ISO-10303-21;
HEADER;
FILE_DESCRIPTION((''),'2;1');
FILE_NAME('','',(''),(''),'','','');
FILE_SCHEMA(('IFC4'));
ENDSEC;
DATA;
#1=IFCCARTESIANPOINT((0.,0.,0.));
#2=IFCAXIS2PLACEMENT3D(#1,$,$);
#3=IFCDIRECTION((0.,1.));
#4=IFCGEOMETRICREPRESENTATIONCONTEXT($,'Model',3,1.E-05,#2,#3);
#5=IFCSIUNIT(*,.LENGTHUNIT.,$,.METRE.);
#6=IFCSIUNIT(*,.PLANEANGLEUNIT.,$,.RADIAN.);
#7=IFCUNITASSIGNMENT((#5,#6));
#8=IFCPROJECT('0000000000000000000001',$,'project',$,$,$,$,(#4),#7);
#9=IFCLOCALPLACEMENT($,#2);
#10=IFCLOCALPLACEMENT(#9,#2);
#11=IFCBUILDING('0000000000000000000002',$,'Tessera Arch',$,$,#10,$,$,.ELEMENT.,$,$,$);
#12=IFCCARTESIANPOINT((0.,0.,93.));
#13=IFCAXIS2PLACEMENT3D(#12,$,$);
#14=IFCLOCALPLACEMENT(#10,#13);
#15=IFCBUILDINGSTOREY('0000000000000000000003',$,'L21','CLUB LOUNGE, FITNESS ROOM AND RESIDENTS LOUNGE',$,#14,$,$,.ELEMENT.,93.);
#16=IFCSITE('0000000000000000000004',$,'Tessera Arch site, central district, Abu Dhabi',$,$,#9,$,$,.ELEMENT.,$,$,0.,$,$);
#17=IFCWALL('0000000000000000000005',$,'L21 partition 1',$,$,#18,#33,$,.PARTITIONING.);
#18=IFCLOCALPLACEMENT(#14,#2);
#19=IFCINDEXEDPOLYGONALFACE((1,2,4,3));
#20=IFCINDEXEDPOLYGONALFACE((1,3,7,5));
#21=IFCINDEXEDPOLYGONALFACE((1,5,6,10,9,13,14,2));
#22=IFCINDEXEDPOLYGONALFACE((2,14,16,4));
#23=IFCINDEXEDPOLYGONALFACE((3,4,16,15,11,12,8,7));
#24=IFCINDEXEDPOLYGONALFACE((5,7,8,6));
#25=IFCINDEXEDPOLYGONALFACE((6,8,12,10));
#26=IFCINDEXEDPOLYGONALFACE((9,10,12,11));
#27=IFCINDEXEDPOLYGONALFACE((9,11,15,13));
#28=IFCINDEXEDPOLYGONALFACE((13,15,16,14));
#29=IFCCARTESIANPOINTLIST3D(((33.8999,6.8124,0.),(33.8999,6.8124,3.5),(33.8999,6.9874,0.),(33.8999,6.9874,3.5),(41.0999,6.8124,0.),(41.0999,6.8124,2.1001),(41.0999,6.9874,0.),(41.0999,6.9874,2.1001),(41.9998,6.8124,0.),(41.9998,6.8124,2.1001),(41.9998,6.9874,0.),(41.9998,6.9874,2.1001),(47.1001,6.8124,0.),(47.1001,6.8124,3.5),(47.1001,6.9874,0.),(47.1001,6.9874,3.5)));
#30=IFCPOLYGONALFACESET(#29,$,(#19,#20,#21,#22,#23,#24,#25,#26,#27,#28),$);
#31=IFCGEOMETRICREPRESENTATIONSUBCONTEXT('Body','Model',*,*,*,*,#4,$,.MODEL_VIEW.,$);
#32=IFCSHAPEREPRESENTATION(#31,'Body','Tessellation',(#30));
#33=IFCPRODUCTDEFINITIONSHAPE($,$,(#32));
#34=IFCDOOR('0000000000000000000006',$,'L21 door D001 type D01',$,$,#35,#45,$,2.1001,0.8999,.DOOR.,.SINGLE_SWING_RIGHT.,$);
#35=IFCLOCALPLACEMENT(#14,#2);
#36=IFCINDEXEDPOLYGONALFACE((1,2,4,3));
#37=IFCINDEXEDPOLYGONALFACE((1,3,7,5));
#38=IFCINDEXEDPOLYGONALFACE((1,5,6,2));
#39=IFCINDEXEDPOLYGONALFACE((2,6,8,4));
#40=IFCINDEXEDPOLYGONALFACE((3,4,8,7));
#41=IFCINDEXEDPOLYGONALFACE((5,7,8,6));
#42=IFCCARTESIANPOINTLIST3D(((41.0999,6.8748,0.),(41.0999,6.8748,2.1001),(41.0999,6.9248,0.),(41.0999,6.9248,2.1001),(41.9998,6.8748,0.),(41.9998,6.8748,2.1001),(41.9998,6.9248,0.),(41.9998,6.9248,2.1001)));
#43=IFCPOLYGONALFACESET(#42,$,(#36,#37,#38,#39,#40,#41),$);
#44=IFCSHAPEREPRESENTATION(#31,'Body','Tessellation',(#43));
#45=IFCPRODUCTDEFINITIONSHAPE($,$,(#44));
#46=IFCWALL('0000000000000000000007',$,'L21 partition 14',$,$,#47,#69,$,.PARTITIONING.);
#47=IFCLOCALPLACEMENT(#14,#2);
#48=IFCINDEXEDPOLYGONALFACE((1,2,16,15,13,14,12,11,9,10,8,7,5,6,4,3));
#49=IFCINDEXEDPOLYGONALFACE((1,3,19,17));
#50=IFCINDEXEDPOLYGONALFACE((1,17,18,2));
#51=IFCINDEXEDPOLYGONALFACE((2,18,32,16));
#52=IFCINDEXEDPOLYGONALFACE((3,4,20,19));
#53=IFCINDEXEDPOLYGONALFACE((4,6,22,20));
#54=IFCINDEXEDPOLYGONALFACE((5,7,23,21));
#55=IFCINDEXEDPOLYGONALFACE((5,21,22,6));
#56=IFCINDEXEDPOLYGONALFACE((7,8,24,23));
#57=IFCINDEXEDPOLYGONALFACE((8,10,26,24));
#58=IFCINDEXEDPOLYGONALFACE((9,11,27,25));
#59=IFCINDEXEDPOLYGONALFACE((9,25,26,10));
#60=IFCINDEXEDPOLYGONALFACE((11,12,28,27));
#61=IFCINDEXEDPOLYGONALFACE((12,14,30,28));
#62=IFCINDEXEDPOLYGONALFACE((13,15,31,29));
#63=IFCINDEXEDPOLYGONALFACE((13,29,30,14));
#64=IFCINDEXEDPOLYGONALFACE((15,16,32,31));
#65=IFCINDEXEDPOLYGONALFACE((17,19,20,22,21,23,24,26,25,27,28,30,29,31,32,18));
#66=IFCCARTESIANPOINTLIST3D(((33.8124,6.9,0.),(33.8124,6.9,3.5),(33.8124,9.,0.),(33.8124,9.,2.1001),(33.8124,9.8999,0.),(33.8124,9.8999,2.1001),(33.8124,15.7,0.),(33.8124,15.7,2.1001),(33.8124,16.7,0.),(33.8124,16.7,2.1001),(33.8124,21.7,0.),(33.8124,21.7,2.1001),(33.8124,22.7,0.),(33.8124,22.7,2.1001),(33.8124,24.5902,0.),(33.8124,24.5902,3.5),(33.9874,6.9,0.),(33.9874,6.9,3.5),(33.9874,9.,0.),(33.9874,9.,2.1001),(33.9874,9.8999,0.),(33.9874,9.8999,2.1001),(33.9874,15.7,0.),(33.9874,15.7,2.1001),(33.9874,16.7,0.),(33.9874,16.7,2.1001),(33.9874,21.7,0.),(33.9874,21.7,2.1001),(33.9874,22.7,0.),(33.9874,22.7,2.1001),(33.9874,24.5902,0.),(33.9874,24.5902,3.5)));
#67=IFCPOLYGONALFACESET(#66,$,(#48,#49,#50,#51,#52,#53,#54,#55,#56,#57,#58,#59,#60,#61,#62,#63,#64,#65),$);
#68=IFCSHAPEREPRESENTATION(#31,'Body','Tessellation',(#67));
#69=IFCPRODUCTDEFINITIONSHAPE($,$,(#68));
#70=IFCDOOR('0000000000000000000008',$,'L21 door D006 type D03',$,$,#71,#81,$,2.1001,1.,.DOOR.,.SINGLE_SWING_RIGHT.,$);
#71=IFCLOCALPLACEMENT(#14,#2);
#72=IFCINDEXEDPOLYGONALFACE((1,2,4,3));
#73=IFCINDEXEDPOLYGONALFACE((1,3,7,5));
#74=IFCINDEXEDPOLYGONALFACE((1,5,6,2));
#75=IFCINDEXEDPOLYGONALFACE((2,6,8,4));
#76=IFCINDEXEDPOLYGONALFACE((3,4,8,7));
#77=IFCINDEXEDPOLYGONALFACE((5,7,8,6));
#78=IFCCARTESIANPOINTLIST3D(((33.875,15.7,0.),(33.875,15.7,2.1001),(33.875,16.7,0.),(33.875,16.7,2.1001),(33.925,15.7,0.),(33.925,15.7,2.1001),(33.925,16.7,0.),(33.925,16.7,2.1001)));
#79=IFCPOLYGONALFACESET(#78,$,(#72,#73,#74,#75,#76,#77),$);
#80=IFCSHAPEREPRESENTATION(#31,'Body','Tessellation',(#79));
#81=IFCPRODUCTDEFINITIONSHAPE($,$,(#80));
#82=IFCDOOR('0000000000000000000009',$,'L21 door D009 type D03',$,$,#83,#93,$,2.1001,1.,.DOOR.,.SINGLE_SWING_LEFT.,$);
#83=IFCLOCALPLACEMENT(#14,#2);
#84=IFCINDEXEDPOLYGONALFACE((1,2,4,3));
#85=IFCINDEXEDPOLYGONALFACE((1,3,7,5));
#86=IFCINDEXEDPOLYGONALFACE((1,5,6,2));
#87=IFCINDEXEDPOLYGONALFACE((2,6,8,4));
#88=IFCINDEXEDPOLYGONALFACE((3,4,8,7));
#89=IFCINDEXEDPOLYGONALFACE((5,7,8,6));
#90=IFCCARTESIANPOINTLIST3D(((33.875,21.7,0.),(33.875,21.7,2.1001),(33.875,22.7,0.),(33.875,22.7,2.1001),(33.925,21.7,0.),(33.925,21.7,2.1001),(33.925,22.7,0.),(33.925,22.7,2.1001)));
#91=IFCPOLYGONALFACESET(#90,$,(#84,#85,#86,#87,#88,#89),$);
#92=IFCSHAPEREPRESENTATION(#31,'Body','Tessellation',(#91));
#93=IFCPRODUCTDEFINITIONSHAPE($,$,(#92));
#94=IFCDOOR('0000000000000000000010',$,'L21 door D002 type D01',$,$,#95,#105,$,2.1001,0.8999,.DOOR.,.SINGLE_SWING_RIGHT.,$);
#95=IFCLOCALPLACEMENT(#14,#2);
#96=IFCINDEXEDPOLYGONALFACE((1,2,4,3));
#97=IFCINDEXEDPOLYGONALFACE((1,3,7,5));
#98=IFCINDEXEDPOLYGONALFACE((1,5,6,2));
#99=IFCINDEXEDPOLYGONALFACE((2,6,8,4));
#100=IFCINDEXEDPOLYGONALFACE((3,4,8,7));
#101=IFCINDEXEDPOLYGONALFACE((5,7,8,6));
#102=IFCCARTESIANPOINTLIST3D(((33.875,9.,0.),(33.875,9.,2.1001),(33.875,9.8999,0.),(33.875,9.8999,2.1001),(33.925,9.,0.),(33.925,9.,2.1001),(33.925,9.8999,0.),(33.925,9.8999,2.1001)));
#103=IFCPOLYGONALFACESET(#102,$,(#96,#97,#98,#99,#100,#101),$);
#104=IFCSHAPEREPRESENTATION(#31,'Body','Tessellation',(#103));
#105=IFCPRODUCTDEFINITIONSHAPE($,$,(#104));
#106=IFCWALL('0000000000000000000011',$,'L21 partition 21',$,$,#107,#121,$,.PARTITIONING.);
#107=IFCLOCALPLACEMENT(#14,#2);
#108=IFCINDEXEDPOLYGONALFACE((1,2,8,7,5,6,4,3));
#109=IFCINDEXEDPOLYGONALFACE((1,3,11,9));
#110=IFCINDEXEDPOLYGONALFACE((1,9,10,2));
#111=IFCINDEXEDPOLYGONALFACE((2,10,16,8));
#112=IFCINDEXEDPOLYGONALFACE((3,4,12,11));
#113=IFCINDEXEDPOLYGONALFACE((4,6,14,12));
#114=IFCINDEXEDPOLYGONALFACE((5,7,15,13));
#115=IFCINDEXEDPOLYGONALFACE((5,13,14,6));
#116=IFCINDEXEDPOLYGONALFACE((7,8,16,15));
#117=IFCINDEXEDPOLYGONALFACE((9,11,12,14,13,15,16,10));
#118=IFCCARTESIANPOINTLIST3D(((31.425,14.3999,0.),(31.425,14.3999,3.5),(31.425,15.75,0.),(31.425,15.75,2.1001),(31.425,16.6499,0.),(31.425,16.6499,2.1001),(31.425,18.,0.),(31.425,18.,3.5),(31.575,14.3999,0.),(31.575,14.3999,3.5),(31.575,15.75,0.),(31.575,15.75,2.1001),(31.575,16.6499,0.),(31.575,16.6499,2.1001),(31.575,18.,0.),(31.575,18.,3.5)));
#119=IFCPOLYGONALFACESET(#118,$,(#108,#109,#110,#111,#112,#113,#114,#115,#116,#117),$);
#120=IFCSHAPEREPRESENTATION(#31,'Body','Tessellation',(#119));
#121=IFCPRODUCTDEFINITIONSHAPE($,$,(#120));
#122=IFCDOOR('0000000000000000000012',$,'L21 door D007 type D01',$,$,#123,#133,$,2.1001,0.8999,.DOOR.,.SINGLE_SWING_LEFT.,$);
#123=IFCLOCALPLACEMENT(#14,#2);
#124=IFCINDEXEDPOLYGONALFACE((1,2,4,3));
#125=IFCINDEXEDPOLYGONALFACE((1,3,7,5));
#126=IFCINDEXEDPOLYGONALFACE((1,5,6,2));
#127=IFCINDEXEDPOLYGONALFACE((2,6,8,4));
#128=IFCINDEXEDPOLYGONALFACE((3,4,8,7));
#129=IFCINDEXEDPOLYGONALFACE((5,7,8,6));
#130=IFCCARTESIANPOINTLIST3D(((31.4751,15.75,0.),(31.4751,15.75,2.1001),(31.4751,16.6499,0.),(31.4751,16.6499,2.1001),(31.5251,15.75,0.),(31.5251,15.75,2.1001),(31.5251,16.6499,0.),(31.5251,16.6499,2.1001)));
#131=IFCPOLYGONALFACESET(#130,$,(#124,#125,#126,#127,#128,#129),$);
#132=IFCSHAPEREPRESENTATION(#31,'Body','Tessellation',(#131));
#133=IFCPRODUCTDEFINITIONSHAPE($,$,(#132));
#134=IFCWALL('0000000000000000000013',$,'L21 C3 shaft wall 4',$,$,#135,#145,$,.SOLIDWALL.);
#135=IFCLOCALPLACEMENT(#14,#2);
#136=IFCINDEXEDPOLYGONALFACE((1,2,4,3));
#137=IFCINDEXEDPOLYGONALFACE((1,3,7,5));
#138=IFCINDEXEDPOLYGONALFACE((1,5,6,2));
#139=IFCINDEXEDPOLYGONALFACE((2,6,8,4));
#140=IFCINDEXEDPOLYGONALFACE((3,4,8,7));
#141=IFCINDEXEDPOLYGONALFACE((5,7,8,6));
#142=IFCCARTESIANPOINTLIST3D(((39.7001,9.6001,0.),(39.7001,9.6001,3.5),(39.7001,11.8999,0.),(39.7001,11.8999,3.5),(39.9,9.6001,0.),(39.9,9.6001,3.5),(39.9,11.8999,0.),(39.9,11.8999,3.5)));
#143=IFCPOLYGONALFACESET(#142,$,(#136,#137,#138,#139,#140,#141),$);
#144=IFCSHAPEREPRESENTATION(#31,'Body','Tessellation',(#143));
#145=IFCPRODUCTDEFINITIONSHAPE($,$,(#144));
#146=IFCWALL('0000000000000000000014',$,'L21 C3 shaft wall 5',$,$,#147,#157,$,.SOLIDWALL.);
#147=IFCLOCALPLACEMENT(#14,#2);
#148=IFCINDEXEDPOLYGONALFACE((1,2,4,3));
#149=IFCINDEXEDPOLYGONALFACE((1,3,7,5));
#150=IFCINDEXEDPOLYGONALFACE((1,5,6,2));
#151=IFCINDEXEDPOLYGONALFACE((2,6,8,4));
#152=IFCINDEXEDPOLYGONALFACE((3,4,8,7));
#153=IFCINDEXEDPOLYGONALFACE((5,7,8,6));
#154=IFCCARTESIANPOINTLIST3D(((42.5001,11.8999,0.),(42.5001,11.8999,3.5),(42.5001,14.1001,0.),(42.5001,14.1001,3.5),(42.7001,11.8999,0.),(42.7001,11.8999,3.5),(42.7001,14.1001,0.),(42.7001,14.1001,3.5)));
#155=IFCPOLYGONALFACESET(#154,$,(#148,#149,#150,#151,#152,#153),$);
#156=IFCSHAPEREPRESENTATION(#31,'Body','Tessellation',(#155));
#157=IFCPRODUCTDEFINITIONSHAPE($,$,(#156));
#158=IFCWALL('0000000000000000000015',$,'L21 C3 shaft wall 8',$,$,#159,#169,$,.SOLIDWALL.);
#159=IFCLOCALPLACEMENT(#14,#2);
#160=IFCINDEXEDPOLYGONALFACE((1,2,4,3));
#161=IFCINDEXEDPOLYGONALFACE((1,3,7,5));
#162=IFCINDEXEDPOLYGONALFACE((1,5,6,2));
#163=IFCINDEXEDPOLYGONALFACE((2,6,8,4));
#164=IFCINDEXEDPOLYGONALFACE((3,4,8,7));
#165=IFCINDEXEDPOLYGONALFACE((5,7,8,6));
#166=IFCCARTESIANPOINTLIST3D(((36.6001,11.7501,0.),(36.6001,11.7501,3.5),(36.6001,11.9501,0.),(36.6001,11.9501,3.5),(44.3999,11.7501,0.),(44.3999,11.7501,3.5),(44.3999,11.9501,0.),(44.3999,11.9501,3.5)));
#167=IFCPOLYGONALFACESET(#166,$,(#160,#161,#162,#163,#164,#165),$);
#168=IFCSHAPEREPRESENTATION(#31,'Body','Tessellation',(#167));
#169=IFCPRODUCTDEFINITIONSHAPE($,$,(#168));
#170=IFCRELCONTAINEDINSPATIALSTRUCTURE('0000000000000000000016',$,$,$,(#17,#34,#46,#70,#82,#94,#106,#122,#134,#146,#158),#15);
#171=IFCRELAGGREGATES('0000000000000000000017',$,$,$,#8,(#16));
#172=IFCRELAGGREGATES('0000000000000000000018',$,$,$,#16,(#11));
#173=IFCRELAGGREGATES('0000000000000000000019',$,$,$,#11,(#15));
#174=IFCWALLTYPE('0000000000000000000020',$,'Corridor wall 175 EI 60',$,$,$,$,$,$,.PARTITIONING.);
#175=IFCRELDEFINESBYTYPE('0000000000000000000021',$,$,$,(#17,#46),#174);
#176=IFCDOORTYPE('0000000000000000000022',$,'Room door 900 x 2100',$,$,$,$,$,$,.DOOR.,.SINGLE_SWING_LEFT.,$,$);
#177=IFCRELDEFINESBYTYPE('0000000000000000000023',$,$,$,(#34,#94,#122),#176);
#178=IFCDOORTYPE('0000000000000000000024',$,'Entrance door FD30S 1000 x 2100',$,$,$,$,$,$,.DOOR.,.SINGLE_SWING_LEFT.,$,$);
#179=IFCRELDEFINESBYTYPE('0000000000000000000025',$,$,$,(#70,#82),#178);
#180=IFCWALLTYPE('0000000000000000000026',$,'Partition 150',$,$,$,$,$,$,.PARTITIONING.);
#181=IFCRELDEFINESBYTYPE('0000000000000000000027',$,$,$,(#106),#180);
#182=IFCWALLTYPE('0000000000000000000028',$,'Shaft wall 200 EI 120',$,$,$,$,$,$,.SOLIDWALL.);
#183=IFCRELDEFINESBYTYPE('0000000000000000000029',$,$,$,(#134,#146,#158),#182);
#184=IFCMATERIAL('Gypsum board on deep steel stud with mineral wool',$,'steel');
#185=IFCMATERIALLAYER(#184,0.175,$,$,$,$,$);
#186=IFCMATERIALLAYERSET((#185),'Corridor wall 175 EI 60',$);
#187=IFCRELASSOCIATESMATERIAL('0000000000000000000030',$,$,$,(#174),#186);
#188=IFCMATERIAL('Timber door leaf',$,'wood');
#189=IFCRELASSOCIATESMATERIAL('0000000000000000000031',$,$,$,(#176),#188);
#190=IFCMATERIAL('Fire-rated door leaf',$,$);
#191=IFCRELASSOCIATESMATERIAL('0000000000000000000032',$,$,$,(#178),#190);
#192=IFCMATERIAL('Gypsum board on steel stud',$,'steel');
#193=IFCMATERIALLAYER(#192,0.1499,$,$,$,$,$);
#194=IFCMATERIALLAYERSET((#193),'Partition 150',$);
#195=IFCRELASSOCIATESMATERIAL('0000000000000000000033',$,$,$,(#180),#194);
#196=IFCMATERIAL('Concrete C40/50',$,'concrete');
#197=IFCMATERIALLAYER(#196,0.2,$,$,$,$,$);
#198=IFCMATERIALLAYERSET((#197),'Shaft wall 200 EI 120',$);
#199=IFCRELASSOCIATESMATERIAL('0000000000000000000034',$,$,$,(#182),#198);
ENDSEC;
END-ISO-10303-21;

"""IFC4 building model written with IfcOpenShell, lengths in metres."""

from ifc_helpers import new_model, si_unit, direction, frame, frame_2d, origin, place, context, subcontext, project, spatial, rectangle, extrude, material, layer, layer_set, type_object, element, fill, save


model = new_model("IFC4")

# Units and contexts
model_context = context("Model", 3, precision=1e-05, world=origin(), true_north=direction((0.0, 1.0)))
body_context = subcontext(model_context, "Body", "Model", "MODEL_VIEW")
ifc_project = project(units=[si_unit("LENGTHUNIT", "METRE"), si_unit("PLANEANGLEUNIT", "RADIAN")], contexts=[model_context])

# Site, building, storey
site_placement = place(None, origin())
site = spatial("IfcSite", under=ifc_project, at=site_placement, Name="Tessera Arch site, central district, Abu Dhabi", CompositionType="ELEMENT", RefElevation=0.0)
building_placement = place(site_placement, origin())
building = spatial("IfcBuilding", under=site, at=building_placement, Name="Tessera Arch", CompositionType="ELEMENT")
storey_placement = place(building_placement, frame((0.0, 0.0, 93.0)))
storey = spatial("IfcBuildingStorey", under=building, at=storey_placement, Name="L21", Description="CLUB LOUNGE, FITNESS ROOM AND RESIDENTS LOUNGE", CompositionType="ELEMENT", Elevation=93.0)

# Wall, opening, door
ifc_material_1 = material(Name="Gypsum board on deep steel stud with mineral wool", Category="steel")
ifc_layer_1 = layer(ifc_material_1, 0.175)
ifc_layer_set_1 = layer_set([ifc_layer_1], Name="Corridor wall 175 EI 60")
wall_type_1 = type_object("IfcWallType", Name="Corridor wall 175 EI 60", PredefinedType="PARTITIONING", material=ifc_layer_set_1)
wall_1_placement = place(storey_placement, frame((33.8999, 6.8999, 0.0), z_axis=(0.0, 0.0, 1.0), x_axis=(1.0, 0.0, 0.0)))
wall_1 = element("IfcWall", 1, at=wall_1_placement, inside=storey, type_object=wall_type_1, Name="L21 partition 1", PredefinedType="PARTITIONING", context=body_context, shape_type="SweptSolid", body=[
    extrude(rectangle(XDim=13.2002, YDim=0.175, at=frame_2d((6.6001, 0.0))), origin(), (0.0, 0.0, 1.0), 3.5),
])
opening_1_placement = place(wall_1_placement, frame((7.2, 0.0, 0.0)))
opening_1 = element("IfcOpeningElement", 2, at=opening_1_placement, cuts=wall_1, PredefinedType="OPENING", context=body_context, shape_type="SweptSolid", body=[
    extrude(rectangle(XDim=0.8999, YDim=2.1001, at=frame_2d((0.45, 1.05))), frame((0.0, 0.0974, 0.0), z_axis=(0.0, -1.0, 0.0), x_axis=(1.0, 0.0, 0.0)), (0.0, 0.0, 1.0), 0.1951),
])
ifc_material_2 = material(Name="Timber door leaf", Category="wood")
door_type_1 = type_object("IfcDoorType", Name="Room door 900 x 2100", OperationType="SINGLE_SWING_LEFT", PredefinedType="DOOR", material=ifc_material_2)
door_1_placement = place(opening_1_placement, origin())
door_1 = element("IfcDoor", 3, at=door_1_placement, inside=storey, type_object=door_type_1, Name="L21 door D001 type D01", OperationType="SINGLE_SWING_RIGHT", OverallHeight=2.1001, OverallWidth=0.8999, PredefinedType="DOOR", context=body_context, shape_type="SweptSolid", body=[
    extrude(rectangle(XDim=0.8999, YDim=2.1001, at=frame_2d((0.45, 1.05))), frame((0.0, 0.0249, 0.0), z_axis=(0.0, -1.0, 0.0), x_axis=(1.0, 0.0, 0.0)), (0.0, 0.0, 1.0), 0.05),
])
fill(opening_1, door_1)

# Wall, openings, doors
wall_2_placement = place(storey_placement, frame((33.8999, 6.8999, 0.0), z_axis=(0.0, 0.0, 1.0), x_axis=(0.0, 1.0, 0.0)))
wall_2 = element("IfcWall", 4, at=wall_2_placement, inside=storey, type_object=wall_type_1, Name="L21 partition 14", PredefinedType="PARTITIONING", context=body_context, shape_type="SweptSolid", body=[
    extrude(rectangle(XDim=17.6902, YDim=0.175, at=frame_2d((8.8452, 0.0))), origin(), (0.0, 0.0, 1.0), 3.5),
])
opening_2_placement = place(wall_2_placement, frame((2.1001, 0.0, 0.0)))
opening_2 = element("IfcOpeningElement", 5, at=opening_2_placement, cuts=wall_2, PredefinedType="OPENING", context=body_context, shape_type="SweptSolid", body=[
    extrude(rectangle(XDim=0.8999, YDim=2.1001, at=frame_2d((0.45, 1.05))), frame((0.0, 0.0974, 0.0), z_axis=(0.0, -1.0, 0.0), x_axis=(1.0, 0.0, 0.0)), (0.0, 0.0, 1.0), 0.1951),
])
opening_3_placement = place(wall_2_placement, frame((8.8, 0.0, 0.0)))
opening_3 = element("IfcOpeningElement", 6, at=opening_3_placement, cuts=wall_2, PredefinedType="OPENING", context=body_context, shape_type="SweptSolid", body=[
    extrude(rectangle(XDim=1.0, YDim=2.1001, at=frame_2d((0.5, 1.05))), frame((0.0, 0.0974, 0.0), z_axis=(0.0, -1.0, 0.0), x_axis=(1.0, 0.0, 0.0)), (0.0, 0.0, 1.0), 0.1951),
])
opening_4_placement = place(wall_2_placement, frame((14.8, 0.0, 0.0)))
opening_4 = element("IfcOpeningElement", 7, at=opening_4_placement, cuts=wall_2, PredefinedType="OPENING", context=body_context, shape_type="SweptSolid", body=[
    extrude(rectangle(XDim=1.0, YDim=2.1001, at=frame_2d((0.5, 1.05))), frame((0.0, 0.0974, 0.0), z_axis=(0.0, -1.0, 0.0), x_axis=(1.0, 0.0, 0.0)), (0.0, 0.0, 1.0), 0.1951),
])
ifc_material_3 = material(Name="Fire-rated door leaf")
door_type_2 = type_object("IfcDoorType", Name="Entrance door FD30S 1000 x 2100", OperationType="SINGLE_SWING_LEFT", PredefinedType="DOOR", material=ifc_material_3)
door_2_placement = place(opening_3_placement, origin())
door_2 = element("IfcDoor", 8, at=door_2_placement, inside=storey, type_object=door_type_2, Name="L21 door D006 type D03", OperationType="SINGLE_SWING_RIGHT", OverallHeight=2.1001, OverallWidth=1.0, PredefinedType="DOOR", context=body_context, shape_type="SweptSolid", body=[
    extrude(rectangle(XDim=1.0, YDim=2.1001, at=frame_2d((0.5, 1.05))), frame((0.0, 0.0249, 0.0), z_axis=(0.0, -1.0, 0.0), x_axis=(1.0, 0.0, 0.0)), (0.0, 0.0, 1.0), 0.05),
])
fill(opening_3, door_2)
door_3_placement = place(opening_4_placement, origin())
door_3 = element("IfcDoor", 9, at=door_3_placement, inside=storey, type_object=door_type_2, Name="L21 door D009 type D03", OperationType="SINGLE_SWING_LEFT", OverallHeight=2.1001, OverallWidth=1.0, PredefinedType="DOOR", context=body_context, shape_type="SweptSolid", body=[
    extrude(rectangle(XDim=1.0, YDim=2.1001, at=frame_2d((0.5, 1.05))), frame((0.0, 0.0249, 0.0), z_axis=(0.0, -1.0, 0.0), x_axis=(1.0, 0.0, 0.0)), (0.0, 0.0, 1.0), 0.05),
])
fill(opening_4, door_3)
door_4_placement = place(opening_2_placement, origin())
door_4 = element("IfcDoor", 10, at=door_4_placement, inside=storey, type_object=door_type_1, Name="L21 door D002 type D01", OperationType="SINGLE_SWING_RIGHT", OverallHeight=2.1001, OverallWidth=0.8999, PredefinedType="DOOR", context=body_context, shape_type="SweptSolid", body=[
    extrude(rectangle(XDim=0.8999, YDim=2.1001, at=frame_2d((0.45, 1.05))), frame((0.0, 0.0249, 0.0), z_axis=(0.0, -1.0, 0.0), x_axis=(1.0, 0.0, 0.0)), (0.0, 0.0, 1.0), 0.05),
])
fill(opening_2, door_4)

# Wall, opening, door
ifc_material_4 = material(Name="Gypsum board on steel stud", Category="steel")
ifc_layer_2 = layer(ifc_material_4, 0.1499)
ifc_layer_set_2 = layer_set([ifc_layer_2], Name="Partition 150")
wall_type_2 = type_object("IfcWallType", Name="Partition 150", PredefinedType="PARTITIONING", material=ifc_layer_set_2)
wall_3_placement = place(storey_placement, frame((31.5, 14.3999, 0.0), z_axis=(0.0, 0.0, 1.0), x_axis=(0.0, 1.0, 0.0)))
wall_3 = element("IfcWall", 11, at=wall_3_placement, inside=storey, type_object=wall_type_2, Name="L21 partition 21", PredefinedType="PARTITIONING", context=body_context, shape_type="SweptSolid", body=[
    extrude(rectangle(XDim=3.6001, YDim=0.1499, at=frame_2d((1.8, 0.0))), origin(), (0.0, 0.0, 1.0), 3.5),
])
opening_5_placement = place(wall_3_placement, frame((1.3501, 0.0, 0.0)))
opening_5 = element("IfcOpeningElement", 12, at=opening_5_placement, cuts=wall_3, PredefinedType="OPENING", context=body_context, shape_type="SweptSolid", body=[
    extrude(rectangle(XDim=0.8999, YDim=2.1001, at=frame_2d((0.45, 1.05))), frame((0.0, 0.085, 0.0), z_axis=(0.0, -1.0, 0.0), x_axis=(1.0, 0.0, 0.0)), (0.0, 0.0, 1.0), 0.1699),
])
door_5_placement = place(opening_5_placement, origin())
door_5 = element("IfcDoor", 13, at=door_5_placement, inside=storey, type_object=door_type_1, Name="L21 door D007 type D01", OperationType="SINGLE_SWING_LEFT", OverallHeight=2.1001, OverallWidth=0.8999, PredefinedType="DOOR", context=body_context, shape_type="SweptSolid", body=[
    extrude(rectangle(XDim=0.8999, YDim=2.1001, at=frame_2d((0.45, 1.05))), frame((0.0, 0.0249, 0.0), z_axis=(0.0, -1.0, 0.0), x_axis=(1.0, 0.0, 0.0)), (0.0, 0.0, 1.0), 0.05),
])
fill(opening_5, door_5)

# Walls
ifc_material_5 = material(Name="Concrete C40/50", Category="concrete")
ifc_layer_3 = layer(ifc_material_5, 0.2)
ifc_layer_set_3 = layer_set([ifc_layer_3], Name="Shaft wall 200 EI 120")
wall_type_3 = type_object("IfcWallType", Name="Shaft wall 200 EI 120", PredefinedType="SOLIDWALL", material=ifc_layer_set_3)
wall_4_placement = place(storey_placement, frame((39.8, 9.6001, 0.0), z_axis=(0.0, 0.0, 1.0), x_axis=(0.0, 1.0, 0.0)))
element("IfcWall", 14, at=wall_4_placement, inside=storey, type_object=wall_type_3, Name="L21 C3 shaft wall 4", PredefinedType="SOLIDWALL", context=body_context, shape_type="SweptSolid", body=[
    extrude(rectangle(XDim=2.2998, YDim=0.2, at=frame_2d((1.1499, 0.0))), origin(), (0.0, 0.0, 1.0), 3.5),
])
wall_5_placement = place(storey_placement, frame((42.6001, 11.8999, 0.0), z_axis=(0.0, 0.0, 1.0), x_axis=(0.0, 1.0, 0.0)))
element("IfcWall", 15, at=wall_5_placement, inside=storey, type_object=wall_type_3, Name="L21 C3 shaft wall 5", PredefinedType="SOLIDWALL", context=body_context, shape_type="SweptSolid", body=[
    extrude(rectangle(XDim=2.2002, YDim=0.2, at=frame_2d((1.1001, 0.0))), origin(), (0.0, 0.0, 1.0), 3.5),
])
wall_6_placement = place(storey_placement, frame((36.6001, 11.8501, 0.0), z_axis=(0.0, 0.0, 1.0), x_axis=(1.0, 0.0, 0.0)))
element("IfcWall", 16, at=wall_6_placement, inside=storey, type_object=wall_type_3, Name="L21 C3 shaft wall 8", PredefinedType="SOLIDWALL", context=body_context, shape_type="SweptSolid", body=[
    extrude(rectangle(XDim=7.7998, YDim=0.2, at=frame_2d((3.8999, 0.0))), origin(), (0.0, 0.0, 1.0), 3.5),
])

save(model, "model.ifc")
